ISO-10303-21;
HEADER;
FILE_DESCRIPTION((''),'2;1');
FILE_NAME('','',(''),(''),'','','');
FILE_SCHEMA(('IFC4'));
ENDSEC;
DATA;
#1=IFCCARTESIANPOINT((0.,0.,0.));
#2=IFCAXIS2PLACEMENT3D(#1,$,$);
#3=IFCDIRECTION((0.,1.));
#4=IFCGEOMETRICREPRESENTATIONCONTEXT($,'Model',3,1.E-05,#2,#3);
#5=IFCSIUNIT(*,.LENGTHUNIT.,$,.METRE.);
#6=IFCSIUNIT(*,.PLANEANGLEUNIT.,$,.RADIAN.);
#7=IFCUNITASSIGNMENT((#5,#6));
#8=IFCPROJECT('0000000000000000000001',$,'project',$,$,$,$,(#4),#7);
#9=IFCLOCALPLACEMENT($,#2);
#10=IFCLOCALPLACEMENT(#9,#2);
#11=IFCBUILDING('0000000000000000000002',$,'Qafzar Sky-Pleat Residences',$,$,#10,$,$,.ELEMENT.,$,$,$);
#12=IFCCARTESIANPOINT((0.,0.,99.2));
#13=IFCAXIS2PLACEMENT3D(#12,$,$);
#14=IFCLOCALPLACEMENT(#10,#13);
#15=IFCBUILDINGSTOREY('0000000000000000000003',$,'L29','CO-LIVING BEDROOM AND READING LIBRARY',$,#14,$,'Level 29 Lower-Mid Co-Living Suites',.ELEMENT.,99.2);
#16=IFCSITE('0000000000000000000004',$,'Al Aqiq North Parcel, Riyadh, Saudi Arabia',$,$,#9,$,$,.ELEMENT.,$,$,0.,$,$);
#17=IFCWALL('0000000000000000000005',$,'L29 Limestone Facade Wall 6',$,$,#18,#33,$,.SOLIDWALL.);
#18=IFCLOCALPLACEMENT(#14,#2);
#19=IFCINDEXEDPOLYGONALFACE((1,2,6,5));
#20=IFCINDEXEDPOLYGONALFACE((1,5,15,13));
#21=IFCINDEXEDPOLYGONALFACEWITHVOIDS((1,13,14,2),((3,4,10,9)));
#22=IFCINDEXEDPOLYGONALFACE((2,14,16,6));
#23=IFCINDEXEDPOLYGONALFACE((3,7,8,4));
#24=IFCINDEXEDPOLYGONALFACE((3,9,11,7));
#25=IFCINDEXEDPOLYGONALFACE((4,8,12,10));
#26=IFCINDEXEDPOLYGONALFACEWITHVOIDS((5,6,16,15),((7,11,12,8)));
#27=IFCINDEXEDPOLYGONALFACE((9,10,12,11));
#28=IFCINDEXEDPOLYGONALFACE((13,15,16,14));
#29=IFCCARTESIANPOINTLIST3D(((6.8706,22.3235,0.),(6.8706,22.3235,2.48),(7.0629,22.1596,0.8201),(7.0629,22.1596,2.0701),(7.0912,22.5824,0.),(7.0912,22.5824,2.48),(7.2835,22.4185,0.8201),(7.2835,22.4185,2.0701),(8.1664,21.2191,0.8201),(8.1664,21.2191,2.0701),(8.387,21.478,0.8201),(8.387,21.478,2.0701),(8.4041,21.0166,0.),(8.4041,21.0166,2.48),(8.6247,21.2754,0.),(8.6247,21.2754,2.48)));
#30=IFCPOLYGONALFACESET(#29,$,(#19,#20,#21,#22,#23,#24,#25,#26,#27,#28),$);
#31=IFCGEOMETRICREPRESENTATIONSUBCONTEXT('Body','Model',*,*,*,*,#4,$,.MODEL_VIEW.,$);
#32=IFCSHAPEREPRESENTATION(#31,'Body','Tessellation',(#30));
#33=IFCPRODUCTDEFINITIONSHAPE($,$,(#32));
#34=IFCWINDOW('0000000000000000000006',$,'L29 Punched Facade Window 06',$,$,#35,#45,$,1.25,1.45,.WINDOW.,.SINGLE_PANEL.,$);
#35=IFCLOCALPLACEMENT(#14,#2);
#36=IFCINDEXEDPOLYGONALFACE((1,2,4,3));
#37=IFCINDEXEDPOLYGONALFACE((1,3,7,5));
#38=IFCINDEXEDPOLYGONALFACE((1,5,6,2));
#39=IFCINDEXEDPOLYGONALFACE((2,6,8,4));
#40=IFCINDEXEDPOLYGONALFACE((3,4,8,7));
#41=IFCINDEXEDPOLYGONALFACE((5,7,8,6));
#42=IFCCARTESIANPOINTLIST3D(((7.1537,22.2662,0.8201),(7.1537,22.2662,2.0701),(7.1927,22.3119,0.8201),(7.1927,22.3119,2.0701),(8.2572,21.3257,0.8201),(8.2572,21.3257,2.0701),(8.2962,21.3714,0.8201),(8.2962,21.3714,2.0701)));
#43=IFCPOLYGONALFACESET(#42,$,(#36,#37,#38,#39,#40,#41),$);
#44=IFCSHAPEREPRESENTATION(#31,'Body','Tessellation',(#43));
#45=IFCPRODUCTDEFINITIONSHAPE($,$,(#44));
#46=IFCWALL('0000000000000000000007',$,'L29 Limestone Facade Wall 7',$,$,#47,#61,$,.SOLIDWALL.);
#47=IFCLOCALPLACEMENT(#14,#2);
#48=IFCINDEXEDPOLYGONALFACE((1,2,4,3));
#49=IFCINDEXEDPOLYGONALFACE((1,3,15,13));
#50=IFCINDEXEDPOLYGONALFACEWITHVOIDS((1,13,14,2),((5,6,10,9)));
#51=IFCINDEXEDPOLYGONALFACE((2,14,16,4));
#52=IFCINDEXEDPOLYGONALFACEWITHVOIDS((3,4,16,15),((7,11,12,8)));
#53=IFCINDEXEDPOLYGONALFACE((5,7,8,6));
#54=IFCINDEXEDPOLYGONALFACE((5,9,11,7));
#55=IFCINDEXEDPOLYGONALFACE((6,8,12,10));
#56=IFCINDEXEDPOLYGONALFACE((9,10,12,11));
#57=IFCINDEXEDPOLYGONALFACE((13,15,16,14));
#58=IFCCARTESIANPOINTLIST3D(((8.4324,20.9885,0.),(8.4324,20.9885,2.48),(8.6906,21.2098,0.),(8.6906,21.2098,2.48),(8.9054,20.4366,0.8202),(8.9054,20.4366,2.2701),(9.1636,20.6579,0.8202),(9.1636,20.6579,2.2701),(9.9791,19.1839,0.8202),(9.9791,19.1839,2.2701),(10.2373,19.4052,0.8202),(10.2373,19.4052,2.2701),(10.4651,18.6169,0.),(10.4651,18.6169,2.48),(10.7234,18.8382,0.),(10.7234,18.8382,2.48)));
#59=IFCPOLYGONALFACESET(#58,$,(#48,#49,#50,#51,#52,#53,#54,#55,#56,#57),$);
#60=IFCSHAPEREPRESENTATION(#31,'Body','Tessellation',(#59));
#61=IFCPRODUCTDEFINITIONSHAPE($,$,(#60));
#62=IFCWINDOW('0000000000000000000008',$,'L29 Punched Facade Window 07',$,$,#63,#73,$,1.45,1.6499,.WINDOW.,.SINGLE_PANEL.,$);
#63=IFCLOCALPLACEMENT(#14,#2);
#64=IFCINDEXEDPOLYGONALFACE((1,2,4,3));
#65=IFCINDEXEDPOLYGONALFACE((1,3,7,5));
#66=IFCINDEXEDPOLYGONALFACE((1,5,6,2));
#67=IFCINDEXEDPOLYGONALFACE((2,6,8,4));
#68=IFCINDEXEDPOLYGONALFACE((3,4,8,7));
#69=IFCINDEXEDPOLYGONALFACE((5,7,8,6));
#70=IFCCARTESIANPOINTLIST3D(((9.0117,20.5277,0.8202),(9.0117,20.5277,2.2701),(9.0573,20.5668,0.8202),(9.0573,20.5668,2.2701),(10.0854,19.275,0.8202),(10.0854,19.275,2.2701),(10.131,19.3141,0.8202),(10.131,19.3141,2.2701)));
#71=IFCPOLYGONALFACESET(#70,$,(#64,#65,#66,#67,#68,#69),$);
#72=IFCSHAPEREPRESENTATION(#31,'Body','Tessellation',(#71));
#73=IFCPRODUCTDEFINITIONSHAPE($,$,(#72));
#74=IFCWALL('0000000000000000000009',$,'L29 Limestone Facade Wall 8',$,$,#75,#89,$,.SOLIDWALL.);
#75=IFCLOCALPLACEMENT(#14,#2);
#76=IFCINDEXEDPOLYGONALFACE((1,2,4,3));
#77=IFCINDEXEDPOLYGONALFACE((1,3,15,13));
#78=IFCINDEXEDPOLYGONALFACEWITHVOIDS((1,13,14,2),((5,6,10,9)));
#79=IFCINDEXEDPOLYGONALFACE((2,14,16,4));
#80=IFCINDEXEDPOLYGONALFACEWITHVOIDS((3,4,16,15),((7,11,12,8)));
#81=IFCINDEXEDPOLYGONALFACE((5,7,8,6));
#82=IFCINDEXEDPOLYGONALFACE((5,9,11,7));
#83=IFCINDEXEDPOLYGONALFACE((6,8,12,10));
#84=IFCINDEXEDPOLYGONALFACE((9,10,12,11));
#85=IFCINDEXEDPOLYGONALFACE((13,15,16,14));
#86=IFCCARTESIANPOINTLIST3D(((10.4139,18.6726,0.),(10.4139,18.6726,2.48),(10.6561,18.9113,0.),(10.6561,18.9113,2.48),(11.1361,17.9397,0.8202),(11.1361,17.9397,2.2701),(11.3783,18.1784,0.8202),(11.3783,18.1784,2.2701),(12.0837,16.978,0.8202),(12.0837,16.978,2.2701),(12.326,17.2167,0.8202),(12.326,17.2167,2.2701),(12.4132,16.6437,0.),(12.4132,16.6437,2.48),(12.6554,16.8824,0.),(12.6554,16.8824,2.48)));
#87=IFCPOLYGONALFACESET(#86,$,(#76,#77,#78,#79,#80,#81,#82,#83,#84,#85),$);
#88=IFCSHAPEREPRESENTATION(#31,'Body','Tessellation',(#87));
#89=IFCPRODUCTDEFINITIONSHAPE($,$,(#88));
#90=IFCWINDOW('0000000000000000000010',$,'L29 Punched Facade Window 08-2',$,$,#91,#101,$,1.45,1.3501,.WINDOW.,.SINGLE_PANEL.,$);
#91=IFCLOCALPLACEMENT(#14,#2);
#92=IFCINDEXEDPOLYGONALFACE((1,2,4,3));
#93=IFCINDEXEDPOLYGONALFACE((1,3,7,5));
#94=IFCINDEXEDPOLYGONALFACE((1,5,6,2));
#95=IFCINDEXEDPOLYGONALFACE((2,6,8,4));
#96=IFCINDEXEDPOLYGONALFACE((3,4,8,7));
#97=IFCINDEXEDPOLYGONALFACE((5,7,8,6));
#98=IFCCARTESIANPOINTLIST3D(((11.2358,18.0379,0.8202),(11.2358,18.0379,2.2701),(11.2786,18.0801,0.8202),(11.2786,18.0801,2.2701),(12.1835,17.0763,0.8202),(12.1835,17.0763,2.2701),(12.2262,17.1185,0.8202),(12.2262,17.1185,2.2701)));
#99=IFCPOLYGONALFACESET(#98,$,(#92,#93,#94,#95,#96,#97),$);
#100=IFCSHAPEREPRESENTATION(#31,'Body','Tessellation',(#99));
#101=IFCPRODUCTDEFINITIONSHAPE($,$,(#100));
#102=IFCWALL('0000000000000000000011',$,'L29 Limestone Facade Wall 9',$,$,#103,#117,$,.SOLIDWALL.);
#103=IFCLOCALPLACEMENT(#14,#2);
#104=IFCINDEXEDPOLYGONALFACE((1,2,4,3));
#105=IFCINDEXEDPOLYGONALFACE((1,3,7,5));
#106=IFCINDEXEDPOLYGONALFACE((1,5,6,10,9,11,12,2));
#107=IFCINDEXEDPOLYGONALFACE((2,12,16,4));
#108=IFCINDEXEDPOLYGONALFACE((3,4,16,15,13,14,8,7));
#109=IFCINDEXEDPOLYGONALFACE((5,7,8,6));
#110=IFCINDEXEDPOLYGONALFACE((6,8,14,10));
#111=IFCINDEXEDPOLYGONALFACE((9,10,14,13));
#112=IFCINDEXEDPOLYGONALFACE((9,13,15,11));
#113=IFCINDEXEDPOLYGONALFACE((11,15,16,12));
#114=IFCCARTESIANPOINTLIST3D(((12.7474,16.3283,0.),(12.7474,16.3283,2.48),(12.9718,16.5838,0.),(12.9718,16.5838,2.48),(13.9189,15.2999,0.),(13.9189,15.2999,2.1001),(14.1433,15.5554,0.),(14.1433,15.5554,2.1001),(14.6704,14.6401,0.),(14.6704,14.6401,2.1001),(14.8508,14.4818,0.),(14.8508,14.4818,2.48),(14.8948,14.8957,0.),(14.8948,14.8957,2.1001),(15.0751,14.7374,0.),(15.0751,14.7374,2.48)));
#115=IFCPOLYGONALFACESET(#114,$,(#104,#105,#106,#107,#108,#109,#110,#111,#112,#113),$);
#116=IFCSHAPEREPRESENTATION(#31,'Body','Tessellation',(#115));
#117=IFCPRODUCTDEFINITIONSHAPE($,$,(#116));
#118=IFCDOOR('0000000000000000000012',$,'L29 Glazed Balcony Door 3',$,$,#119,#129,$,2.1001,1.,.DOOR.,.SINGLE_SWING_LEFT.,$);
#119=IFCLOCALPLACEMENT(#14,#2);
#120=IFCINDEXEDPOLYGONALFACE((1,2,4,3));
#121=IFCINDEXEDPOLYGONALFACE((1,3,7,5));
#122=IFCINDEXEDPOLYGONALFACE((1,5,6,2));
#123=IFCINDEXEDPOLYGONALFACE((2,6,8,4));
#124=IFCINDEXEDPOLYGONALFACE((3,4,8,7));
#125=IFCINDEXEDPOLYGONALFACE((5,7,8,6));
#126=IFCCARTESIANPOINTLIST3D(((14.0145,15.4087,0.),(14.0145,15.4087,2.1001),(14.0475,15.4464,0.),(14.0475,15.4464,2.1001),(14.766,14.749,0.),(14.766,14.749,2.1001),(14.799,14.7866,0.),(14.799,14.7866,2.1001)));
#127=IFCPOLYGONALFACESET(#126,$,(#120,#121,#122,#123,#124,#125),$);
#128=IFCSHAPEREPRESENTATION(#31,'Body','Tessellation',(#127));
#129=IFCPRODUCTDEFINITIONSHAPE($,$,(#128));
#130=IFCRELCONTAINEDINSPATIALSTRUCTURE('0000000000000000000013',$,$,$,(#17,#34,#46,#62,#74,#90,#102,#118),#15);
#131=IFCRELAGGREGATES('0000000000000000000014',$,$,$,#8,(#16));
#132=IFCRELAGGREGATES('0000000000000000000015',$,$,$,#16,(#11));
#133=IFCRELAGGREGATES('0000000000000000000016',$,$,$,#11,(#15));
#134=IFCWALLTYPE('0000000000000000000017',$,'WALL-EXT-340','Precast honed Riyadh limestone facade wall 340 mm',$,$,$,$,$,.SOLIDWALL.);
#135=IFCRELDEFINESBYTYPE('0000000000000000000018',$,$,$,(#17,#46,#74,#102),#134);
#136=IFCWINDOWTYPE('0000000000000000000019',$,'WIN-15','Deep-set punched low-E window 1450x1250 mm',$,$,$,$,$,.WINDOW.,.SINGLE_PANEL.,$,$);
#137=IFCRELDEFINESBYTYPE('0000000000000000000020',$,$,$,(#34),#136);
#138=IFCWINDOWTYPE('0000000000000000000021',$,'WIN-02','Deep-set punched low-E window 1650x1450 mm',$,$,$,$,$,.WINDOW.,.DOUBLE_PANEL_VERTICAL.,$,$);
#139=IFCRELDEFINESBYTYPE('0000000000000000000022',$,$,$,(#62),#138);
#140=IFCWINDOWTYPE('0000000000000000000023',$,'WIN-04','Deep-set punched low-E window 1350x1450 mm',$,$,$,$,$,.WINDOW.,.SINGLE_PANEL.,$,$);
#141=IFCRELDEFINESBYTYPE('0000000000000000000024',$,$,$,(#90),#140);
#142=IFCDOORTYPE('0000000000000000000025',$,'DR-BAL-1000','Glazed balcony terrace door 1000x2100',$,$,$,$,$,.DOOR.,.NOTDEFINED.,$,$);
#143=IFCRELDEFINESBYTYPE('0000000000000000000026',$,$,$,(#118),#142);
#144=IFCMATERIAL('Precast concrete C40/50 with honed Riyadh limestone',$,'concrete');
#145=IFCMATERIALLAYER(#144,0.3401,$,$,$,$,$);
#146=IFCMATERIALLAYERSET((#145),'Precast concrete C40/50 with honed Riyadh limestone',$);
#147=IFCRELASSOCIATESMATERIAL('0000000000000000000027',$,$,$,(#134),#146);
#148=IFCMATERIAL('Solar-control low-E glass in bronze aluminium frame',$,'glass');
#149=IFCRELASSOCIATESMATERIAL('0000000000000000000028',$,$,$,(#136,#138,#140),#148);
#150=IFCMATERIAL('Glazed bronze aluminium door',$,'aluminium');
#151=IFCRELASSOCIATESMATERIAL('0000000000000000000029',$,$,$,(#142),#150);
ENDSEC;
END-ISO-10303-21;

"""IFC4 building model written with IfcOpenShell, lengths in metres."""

from ifc_helpers import new_model, si_unit, direction, frame, frame_2d, origin, place, context, subcontext, project, spatial, rectangle, extrude, source, transform, mapped, material, layer, layer_set, type_object, element, fill, save


model = new_model("IFC4")

# Units and contexts
model_context = context("Model", 3, precision=1e-05, world=origin(), true_north=direction((0.0, 1.0)))
body_context = subcontext(model_context, "Body", "Model", "MODEL_VIEW")
ifc_project = project(units=[si_unit("LENGTHUNIT", "METRE"), si_unit("PLANEANGLEUNIT", "RADIAN")], contexts=[model_context])

# Site, building, storey
site_placement = place(None, origin())
site = spatial("IfcSite", under=ifc_project, at=site_placement, Name="Al Aqiq North Parcel, Riyadh, Saudi Arabia", CompositionType="ELEMENT", RefElevation=0.0)
building_placement = place(site_placement, origin())
building = spatial("IfcBuilding", under=site, at=building_placement, Name="Qafzar Sky-Pleat Residences", CompositionType="ELEMENT")
storey_placement = place(building_placement, frame((0.0, 0.0, 99.2)))
storey = spatial("IfcBuildingStorey", under=building, at=storey_placement, Name="L29", Description="CO-LIVING BEDROOM AND READING LIBRARY", LongName="Level 29 Lower-Mid Co-Living Suites", CompositionType="ELEMENT", Elevation=99.2)

# Walls, openings, windows
ifc_material_1 = material(Name="Precast concrete C40/50 with honed Riyadh limestone", Category="concrete")
ifc_layer_1 = layer(ifc_material_1, 0.3401)
ifc_layer_set_1 = layer_set([ifc_layer_1], Name="Precast concrete C40/50 with honed Riyadh limestone")
wall_type_1 = type_object("IfcWallType", Name="WALL-EXT-340", Description="Precast honed Riyadh limestone facade wall 340 mm", PredefinedType="SOLIDWALL", material=ifc_layer_set_1)
wall_1_placement = place(storey_placement, frame((6.981, 22.4529, 0.0), z_axis=(0.0, 0.0, 1.0), x_axis=(0.761093, -0.648643, 0.0)))
wall_1 = element("IfcWall", 1, at=wall_1_placement, inside=storey, type_object=wall_type_1, Name="L29 Limestone Facade Wall 6", PredefinedType="SOLIDWALL", context=body_context, shape_type="SweptSolid", body=[
    extrude(rectangle(XDim=2.0149, YDim=0.3401, at=frame_2d((1.0073, 0.0))), origin(), (0.0, 0.0, 1.0), 2.48),
])
opening_1_placement = place(wall_1_placement, frame((0.2524, 0.0, 0.8201)))
opening_1 = element("IfcOpeningElement", 2, at=opening_1_placement, cuts=wall_1, PredefinedType="OPENING", context=body_context, shape_type="SweptSolid", body=[
    extrude(rectangle(XDim=1.45, YDim=1.25, at=frame_2d((0.7251, 0.625))), frame((0.0, 0.1802, 0.0), z_axis=(0.0, -1.0, 0.0), x_axis=(1.0, 0.0, 0.0)), (0.0, 0.0, 1.0), 0.3601),
])
ifc_material_2 = material(Name="Solar-control low-E glass in bronze aluminium frame", Category="glass")
window_type_1 = type_object("IfcWindowType", Name="WIN-15", Description="Deep-set punched low-E window 1450x1250 mm", PartitioningType="SINGLE_PANEL", PredefinedType="WINDOW", material=ifc_material_2)
shared_shape_1 = source(origin(), body_context, "Body", "SweptSolid", [
    extrude(rectangle(XDim=1.45, YDim=1.25, at=frame_2d((0.7251, 0.625))), frame((0.0, 0.03, 0.0), z_axis=(0.0, -1.0, 0.0), x_axis=(1.0, 0.0, 0.0)), (0.0, 0.0, 1.0), 0.0601),
])
window_1_placement = place(opening_1_placement, origin())
window_1 = element("IfcWindow", 3, at=window_1_placement, inside=storey, type_object=window_type_1, Name="L29 Punched Facade Window 06", OverallHeight=1.25, OverallWidth=1.45, PartitioningType="SINGLE_PANEL", PredefinedType="WINDOW", context=body_context, shape_type="MappedRepresentation", body=[
    mapped(shared_shape_1, transform((0.0, 0.0, 0.0), x_axis=(1.0, 0.0, 0.0), y_axis=(0.0, 1.0, 0.0), z_axis=(0.0, 0.0, 1.0), scale=1.0)),
])
fill(opening_1, window_1)
wall_2_placement = place(storey_placement, frame((8.5615, 21.0991, 0.0), z_axis=(0.0, 0.0, 1.0), x_axis=(0.650778, -0.759268, 0.0)))
wall_2 = element("IfcWall", 4, at=wall_2_placement, inside=storey, type_object=wall_type_1, Name="L29 Limestone Facade Wall 7", PredefinedType="SOLIDWALL", context=body_context, shape_type="SweptSolid", body=[
    extrude(rectangle(XDim=3.1235, YDim=0.3401, at=frame_2d((1.5618, 0.0))), origin(), (0.0, 0.0, 1.0), 2.48),
])
opening_2_placement = place(wall_2_placement, frame((0.7268, 0.0, 0.8201)))
opening_2 = element("IfcOpeningElement", 5, at=opening_2_placement, cuts=wall_2, PredefinedType="OPENING", context=body_context, shape_type="SweptSolid", body=[
    extrude(rectangle(XDim=1.6499, YDim=1.45, at=frame_2d((0.825, 0.7251))), frame((0.0, 0.1802, 0.0), z_axis=(0.0, -1.0, 0.0), x_axis=(1.0, 0.0, 0.0)), (0.0, 0.0, 1.0), 0.3601),
])
window_type_2 = type_object("IfcWindowType", Name="WIN-02", Description="Deep-set punched low-E window 1650x1450 mm", PartitioningType="DOUBLE_PANEL_VERTICAL", PredefinedType="WINDOW", material=ifc_material_2)
shared_shape_2 = source(origin(), body_context, "Body", "SweptSolid", [
    extrude(rectangle(XDim=1.6499, YDim=1.45, at=frame_2d((0.825, 0.7251))), frame((0.0, 0.03, 0.0), z_axis=(0.0, -1.0, 0.0), x_axis=(1.0, 0.0, 0.0)), (0.0, 0.0, 1.0), 0.0601),
])
window_2_placement = place(opening_2_placement, origin())
window_2 = element("IfcWindow", 6, at=window_2_placement, inside=storey, type_object=window_type_2, Name="L29 Punched Facade Window 07", OverallHeight=1.45, OverallWidth=1.6499, PartitioningType="SINGLE_PANEL", PredefinedType="WINDOW", context=body_context, shape_type="MappedRepresentation", body=[
    mapped(shared_shape_2, transform((0.0, 0.0, 0.0), x_axis=(1.0, 0.0, 0.0), y_axis=(0.0, 1.0, 0.0), z_axis=(0.0, 0.0, 1.0), scale=1.0)),
])
fill(opening_2, window_2)
wall_3_placement = place(storey_placement, frame((10.5349, 18.792, 0.0), z_axis=(0.0, 0.0, 1.0), x_axis=(0.701902, -0.712273, 0.0)))
wall_3 = element("IfcWall", 7, at=wall_3_placement, inside=storey, type_object=wall_type_1, Name="L29 Limestone Facade Wall 8", PredefinedType="SOLIDWALL", context=body_context, shape_type="SweptSolid", body=[
    extrude(rectangle(XDim=2.8484, YDim=0.3401, at=frame_2d((1.4243, 0.0))), origin(), (0.0, 0.0, 1.0), 2.48),
])
opening_3_placement = place(wall_3_placement, frame((1.0291, 0.0, 0.8201)))
opening_3 = element("IfcOpeningElement", 8, at=opening_3_placement, cuts=wall_3, PredefinedType="OPENING", context=body_context, shape_type="SweptSolid", body=[
    extrude(rectangle(XDim=1.3501, YDim=1.45, at=frame_2d((0.675, 0.7251))), frame((0.0, 0.1802, 0.0), z_axis=(0.0, -1.0, 0.0), x_axis=(1.0, 0.0, 0.0)), (0.0, 0.0, 1.0), 0.3601),
])
window_type_3 = type_object("IfcWindowType", Name="WIN-04", Description="Deep-set punched low-E window 1350x1450 mm", PartitioningType="SINGLE_PANEL", PredefinedType="WINDOW", material=ifc_material_2)
shared_shape_3 = source(origin(), body_context, "Body", "SweptSolid", [
    extrude(rectangle(XDim=1.3501, YDim=1.45, at=frame_2d((0.675, 0.7251))), frame((0.0, 0.03, 0.0), z_axis=(0.0, -1.0, 0.0), x_axis=(1.0, 0.0, 0.0)), (0.0, 0.0, 1.0), 0.0601),
])
window_3_placement = place(opening_3_placement, origin())
window_3 = element("IfcWindow", 9, at=window_3_placement, inside=storey, type_object=window_type_3, Name="L29 Punched Facade Window 08-2", OverallHeight=1.45, OverallWidth=1.3501, PartitioningType="SINGLE_PANEL", PredefinedType="WINDOW", context=body_context, shape_type="MappedRepresentation", body=[
    mapped(shared_shape_3, transform((0.0, 0.0, 0.0), x_axis=(1.0, 0.0, 0.0), y_axis=(0.0, 1.0, 0.0), z_axis=(0.0, 0.0, 1.0), scale=1.0)),
])
fill(opening_3, window_3)

# Wall, opening, door
wall_4_placement = place(storey_placement, frame((12.8596, 16.4561, 0.0), z_axis=(0.0, 0.0, 1.0), x_axis=(0.7515, -0.659733, 0.0)))
wall_4 = element("IfcWall", 10, at=wall_4_placement, inside=storey, type_object=wall_type_1, Name="L29 Limestone Facade Wall 9", PredefinedType="SOLIDWALL", context=body_context, shape_type="SweptSolid", body=[
    extrude(rectangle(XDim=2.7988, YDim=0.3401, at=frame_2d((1.3994, 0.0))), origin(), (0.0, 0.0, 1.0), 2.48),
])
opening_4_placement = place(wall_4_placement, frame((1.5588, 0.0, 0.0)))
opening_4 = element("IfcOpeningElement", 11, at=opening_4_placement, cuts=wall_4, PredefinedType="OPENING", context=body_context, shape_type="SweptSolid", body=[
    extrude(rectangle(XDim=1.0, YDim=2.1001, at=frame_2d((0.5, 1.05))), frame((0.0, 0.1802, 0.0), z_axis=(0.0, -1.0, 0.0), x_axis=(1.0, 0.0, 0.0)), (0.0, 0.0, 1.0), 0.3601),
])
ifc_material_3 = material(Name="Glazed bronze aluminium door", Category="aluminium")
door_type = type_object("IfcDoorType", Name="DR-BAL-1000", Description="Glazed balcony terrace door 1000x2100", OperationType="NOTDEFINED", PredefinedType="DOOR", material=ifc_material_3)
shared_shape_4 = source(origin(), body_context, "Body", "SweptSolid", [
    extrude(rectangle(XDim=1.0, YDim=2.1001, at=frame_2d((0.5, 1.05))), frame((0.0, 0.0249, 0.0), z_axis=(0.0, -1.0, 0.0), x_axis=(1.0, 0.0, 0.0)), (0.0, 0.0, 1.0), 0.05),
])
door_placement = place(opening_4_placement, origin())
door = element("IfcDoor", 12, at=door_placement, inside=storey, type_object=door_type, Name="L29 Glazed Balcony Door 3", OperationType="SINGLE_SWING_LEFT", OverallHeight=2.1001, OverallWidth=1.0, PredefinedType="DOOR", context=body_context, shape_type="MappedRepresentation", body=[
    mapped(shared_shape_4, transform((0.0, 0.0, 0.0), x_axis=(1.0, 0.0, 0.0), y_axis=(0.0, 1.0, 0.0), z_axis=(0.0, 0.0, 1.0), scale=1.0)),
])
fill(opening_4, door)

save(model, "model.ifc")
